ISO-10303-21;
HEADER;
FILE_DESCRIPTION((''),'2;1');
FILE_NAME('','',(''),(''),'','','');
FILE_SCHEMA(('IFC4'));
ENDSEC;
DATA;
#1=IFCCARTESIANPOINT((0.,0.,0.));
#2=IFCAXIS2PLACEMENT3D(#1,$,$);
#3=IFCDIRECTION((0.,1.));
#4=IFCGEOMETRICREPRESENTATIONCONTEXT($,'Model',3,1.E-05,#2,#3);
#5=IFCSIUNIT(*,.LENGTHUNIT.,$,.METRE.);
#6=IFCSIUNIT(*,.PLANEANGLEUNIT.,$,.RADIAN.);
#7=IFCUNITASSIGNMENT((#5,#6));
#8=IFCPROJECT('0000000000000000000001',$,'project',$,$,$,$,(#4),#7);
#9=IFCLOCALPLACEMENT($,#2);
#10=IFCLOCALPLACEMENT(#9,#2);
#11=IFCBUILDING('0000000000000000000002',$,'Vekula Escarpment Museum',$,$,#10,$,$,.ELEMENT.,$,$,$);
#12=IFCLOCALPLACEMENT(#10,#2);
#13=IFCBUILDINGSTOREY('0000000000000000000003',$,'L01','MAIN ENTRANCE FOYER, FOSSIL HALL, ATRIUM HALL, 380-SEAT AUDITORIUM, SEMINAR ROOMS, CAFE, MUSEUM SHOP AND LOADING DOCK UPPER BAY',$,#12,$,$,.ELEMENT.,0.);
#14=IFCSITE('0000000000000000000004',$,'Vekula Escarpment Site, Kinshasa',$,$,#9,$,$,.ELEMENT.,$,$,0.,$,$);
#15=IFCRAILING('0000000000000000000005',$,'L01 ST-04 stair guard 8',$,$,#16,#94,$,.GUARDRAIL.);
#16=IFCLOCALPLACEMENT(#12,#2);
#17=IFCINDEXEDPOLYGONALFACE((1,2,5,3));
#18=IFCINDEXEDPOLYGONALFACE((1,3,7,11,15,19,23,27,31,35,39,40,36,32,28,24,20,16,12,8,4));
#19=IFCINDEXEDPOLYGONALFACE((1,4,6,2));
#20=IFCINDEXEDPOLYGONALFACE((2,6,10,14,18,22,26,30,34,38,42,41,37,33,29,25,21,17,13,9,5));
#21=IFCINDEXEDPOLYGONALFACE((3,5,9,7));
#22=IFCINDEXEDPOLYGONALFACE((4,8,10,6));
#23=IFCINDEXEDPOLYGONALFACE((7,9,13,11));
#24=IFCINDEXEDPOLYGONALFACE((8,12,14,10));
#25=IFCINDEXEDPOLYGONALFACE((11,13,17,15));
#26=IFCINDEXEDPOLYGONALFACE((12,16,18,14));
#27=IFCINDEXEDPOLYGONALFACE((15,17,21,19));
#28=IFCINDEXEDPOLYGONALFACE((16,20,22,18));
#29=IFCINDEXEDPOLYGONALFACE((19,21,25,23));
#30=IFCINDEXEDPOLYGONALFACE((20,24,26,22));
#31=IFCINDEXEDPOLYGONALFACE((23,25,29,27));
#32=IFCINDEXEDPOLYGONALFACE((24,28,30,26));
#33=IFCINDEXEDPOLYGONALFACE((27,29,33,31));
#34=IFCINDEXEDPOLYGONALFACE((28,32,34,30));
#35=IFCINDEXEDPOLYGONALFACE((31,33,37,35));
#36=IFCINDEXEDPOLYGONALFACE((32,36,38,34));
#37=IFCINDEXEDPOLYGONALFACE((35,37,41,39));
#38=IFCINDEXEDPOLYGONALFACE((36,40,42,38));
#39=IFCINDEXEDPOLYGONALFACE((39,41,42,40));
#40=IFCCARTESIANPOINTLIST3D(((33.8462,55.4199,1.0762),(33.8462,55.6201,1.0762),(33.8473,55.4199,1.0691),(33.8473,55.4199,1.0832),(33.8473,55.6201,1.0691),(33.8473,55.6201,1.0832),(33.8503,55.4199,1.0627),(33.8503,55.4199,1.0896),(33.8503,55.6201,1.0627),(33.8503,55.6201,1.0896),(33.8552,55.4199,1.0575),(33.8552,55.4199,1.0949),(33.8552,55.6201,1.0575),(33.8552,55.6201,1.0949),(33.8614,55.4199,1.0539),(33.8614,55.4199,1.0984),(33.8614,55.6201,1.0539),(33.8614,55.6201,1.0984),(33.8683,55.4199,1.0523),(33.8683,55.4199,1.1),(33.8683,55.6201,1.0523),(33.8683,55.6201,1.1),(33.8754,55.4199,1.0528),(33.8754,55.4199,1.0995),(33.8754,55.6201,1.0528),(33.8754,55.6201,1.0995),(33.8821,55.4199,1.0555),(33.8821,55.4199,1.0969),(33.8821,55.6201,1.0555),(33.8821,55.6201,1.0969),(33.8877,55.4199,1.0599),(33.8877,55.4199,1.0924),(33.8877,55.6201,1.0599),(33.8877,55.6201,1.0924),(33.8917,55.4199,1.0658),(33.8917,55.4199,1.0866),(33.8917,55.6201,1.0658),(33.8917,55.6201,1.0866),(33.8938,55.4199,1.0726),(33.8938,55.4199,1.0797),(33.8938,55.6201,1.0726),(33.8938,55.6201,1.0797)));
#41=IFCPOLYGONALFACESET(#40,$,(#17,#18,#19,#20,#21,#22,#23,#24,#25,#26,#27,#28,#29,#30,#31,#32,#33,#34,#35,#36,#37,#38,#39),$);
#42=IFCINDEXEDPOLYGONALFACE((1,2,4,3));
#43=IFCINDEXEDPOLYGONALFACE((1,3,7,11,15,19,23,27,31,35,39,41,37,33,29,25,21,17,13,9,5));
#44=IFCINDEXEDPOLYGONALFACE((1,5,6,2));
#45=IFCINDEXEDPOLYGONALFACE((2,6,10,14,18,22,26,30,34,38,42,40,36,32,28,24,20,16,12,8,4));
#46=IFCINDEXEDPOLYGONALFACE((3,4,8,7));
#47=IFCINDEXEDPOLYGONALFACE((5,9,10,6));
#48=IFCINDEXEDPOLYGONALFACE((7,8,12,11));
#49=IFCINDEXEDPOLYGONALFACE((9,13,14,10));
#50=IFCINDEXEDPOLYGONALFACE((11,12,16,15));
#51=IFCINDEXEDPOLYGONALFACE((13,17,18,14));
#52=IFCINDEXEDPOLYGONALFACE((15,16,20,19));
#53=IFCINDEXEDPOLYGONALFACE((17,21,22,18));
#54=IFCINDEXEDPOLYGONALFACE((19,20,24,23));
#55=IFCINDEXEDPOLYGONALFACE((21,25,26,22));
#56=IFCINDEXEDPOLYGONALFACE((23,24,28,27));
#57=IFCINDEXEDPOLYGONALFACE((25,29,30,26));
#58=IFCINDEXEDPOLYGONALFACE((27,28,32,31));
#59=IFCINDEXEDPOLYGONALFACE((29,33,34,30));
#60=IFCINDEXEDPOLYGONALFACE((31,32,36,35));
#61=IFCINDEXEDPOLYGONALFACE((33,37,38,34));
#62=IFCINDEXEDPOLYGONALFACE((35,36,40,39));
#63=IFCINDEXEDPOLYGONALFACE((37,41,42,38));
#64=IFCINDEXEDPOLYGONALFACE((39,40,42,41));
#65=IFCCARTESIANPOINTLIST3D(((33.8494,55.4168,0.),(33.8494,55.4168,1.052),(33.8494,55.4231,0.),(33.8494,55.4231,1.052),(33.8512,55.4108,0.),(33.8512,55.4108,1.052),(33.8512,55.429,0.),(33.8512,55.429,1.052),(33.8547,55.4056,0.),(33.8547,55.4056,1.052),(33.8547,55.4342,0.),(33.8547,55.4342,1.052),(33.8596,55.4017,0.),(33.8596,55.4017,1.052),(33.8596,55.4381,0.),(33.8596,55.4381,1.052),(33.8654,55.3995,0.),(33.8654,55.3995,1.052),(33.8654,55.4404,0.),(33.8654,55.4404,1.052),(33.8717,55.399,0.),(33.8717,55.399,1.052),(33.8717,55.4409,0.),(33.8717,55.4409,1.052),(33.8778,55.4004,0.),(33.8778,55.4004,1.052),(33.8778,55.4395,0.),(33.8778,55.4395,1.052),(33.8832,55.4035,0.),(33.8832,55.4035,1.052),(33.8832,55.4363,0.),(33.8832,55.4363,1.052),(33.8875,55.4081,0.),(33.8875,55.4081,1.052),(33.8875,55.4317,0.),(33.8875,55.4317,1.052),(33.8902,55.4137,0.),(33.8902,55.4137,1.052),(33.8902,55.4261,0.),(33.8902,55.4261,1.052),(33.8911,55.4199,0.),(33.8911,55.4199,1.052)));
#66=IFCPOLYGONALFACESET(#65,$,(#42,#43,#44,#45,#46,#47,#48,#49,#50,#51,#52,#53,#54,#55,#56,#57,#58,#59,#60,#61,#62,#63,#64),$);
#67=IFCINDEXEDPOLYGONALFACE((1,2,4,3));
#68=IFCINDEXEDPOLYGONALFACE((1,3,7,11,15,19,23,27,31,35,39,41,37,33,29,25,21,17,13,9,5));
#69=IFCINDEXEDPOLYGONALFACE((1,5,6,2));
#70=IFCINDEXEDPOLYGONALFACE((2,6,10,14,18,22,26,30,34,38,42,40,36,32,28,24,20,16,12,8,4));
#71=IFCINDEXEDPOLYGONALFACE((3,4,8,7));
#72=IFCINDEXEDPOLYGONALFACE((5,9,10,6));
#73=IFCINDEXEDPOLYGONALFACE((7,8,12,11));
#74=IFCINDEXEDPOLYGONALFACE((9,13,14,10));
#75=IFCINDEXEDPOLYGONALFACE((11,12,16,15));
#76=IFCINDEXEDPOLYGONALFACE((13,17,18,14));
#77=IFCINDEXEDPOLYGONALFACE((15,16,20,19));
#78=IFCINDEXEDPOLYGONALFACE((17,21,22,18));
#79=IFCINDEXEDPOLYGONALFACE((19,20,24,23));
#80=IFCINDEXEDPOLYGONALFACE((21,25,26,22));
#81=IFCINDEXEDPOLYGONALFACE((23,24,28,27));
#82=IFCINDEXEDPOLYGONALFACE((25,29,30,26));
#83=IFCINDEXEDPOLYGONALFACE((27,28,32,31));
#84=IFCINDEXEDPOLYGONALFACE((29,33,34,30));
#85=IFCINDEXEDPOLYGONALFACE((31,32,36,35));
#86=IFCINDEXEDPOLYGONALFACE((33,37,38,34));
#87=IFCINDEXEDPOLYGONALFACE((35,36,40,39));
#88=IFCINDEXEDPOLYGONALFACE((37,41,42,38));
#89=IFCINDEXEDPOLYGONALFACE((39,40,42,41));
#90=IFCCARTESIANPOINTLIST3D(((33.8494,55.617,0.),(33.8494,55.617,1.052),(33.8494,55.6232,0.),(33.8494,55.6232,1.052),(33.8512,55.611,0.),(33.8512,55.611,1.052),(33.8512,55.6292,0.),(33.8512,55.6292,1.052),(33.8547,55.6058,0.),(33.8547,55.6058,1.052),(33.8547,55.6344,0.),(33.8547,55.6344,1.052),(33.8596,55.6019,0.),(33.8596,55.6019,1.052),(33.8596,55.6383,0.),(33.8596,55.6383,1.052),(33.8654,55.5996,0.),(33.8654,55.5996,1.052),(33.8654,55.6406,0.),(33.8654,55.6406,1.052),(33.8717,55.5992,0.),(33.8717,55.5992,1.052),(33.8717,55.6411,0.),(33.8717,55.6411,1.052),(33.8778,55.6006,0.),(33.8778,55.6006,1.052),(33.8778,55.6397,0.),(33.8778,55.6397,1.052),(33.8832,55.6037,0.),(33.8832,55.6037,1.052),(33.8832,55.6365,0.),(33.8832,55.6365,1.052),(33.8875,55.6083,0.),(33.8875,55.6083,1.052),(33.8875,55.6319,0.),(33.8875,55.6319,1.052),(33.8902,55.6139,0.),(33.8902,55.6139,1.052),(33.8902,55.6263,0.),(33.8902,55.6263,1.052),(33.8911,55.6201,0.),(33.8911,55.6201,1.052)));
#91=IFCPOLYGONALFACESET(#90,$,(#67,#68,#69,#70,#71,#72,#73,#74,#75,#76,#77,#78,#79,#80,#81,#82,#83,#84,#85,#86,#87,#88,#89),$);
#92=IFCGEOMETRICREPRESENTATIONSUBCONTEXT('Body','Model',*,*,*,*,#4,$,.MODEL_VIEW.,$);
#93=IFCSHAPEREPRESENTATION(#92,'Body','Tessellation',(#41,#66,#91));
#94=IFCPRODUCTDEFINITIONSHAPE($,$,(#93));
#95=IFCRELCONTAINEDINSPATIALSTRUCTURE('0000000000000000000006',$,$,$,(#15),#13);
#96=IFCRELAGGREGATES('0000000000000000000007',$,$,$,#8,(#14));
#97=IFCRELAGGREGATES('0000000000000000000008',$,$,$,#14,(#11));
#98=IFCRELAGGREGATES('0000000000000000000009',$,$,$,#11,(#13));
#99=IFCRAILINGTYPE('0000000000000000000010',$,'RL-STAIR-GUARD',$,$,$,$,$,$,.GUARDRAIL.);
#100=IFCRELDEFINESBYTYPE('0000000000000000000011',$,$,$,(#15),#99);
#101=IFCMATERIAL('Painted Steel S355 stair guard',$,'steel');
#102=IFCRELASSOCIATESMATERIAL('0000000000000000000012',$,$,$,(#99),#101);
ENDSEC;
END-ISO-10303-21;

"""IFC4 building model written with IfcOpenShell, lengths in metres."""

from ifc_helpers import new_model, si_unit, direction, frame, origin, origin_2d, place, context, subcontext, project, spatial, circle, extrude, material, type_object, element, save


model = new_model("IFC4")

# Units and contexts
model_context = context("Model", 3, precision=1e-05, world=origin(), true_north=direction((0.0, 1.0)))
body_context = subcontext(model_context, "Body", "Model", "MODEL_VIEW")
ifc_project = project(units=[si_unit("LENGTHUNIT", "METRE"), si_unit("PLANEANGLEUNIT", "RADIAN")], contexts=[model_context])

# Site, building, storey
site_placement = place(None, origin())
site = spatial("IfcSite", under=ifc_project, at=site_placement, Name="Vekula Escarpment Site, Kinshasa", CompositionType="ELEMENT", RefElevation=0.0)
building_placement = place(site_placement, origin())
building = spatial("IfcBuilding", under=site, at=building_placement, Name="Vekula Escarpment Museum", CompositionType="ELEMENT")
storey_placement = place(building_placement, origin())
storey = spatial("IfcBuildingStorey", under=building, at=storey_placement, Name="L01", Description="MAIN ENTRANCE FOYER, FOSSIL HALL, ATRIUM HALL, 380-SEAT AUDITORIUM, SEMINAR ROOMS, CAFE, MUSEUM SHOP AND LOADING DOCK UPPER BAY", CompositionType="ELEMENT", Elevation=0.0)

# Railing
ifc_material_1 = material(Name="Painted Steel S355 stair guard", Category="steel")
railing_type_1 = type_object("IfcRailingType", Name="RL-STAIR-GUARD", PredefinedType="GUARDRAIL", material=ifc_material_1)
railing_1_placement = place(storey_placement, frame((33.8701, 55.4199, 0.0)))
element("IfcRailing", 1, at=railing_1_placement, inside=storey, type_object=railing_type_1, Name="L01 ST-04 stair guard 8", PredefinedType="GUARDRAIL", context=body_context, shape_type="SweptSolid", body=[
    extrude(circle(Radius=0.0239, at=origin_2d()), frame((0.0, 0.0, 1.0762), z_axis=(0.0, 1.0, 0.0), x_axis=(-1.0, 0.0, 0.0)), (0.0, 0.0, 1.0), 0.2002),
    extrude(circle(Radius=0.021, at=origin_2d()), origin(), (0.0, 0.0, 1.0), 1.052),
    extrude(circle(Radius=0.021, at=origin_2d()), frame((0.0, 0.2002, 0.0)), (0.0, 0.0, 1.0), 1.052),
])

save(model, "model.ifc")
